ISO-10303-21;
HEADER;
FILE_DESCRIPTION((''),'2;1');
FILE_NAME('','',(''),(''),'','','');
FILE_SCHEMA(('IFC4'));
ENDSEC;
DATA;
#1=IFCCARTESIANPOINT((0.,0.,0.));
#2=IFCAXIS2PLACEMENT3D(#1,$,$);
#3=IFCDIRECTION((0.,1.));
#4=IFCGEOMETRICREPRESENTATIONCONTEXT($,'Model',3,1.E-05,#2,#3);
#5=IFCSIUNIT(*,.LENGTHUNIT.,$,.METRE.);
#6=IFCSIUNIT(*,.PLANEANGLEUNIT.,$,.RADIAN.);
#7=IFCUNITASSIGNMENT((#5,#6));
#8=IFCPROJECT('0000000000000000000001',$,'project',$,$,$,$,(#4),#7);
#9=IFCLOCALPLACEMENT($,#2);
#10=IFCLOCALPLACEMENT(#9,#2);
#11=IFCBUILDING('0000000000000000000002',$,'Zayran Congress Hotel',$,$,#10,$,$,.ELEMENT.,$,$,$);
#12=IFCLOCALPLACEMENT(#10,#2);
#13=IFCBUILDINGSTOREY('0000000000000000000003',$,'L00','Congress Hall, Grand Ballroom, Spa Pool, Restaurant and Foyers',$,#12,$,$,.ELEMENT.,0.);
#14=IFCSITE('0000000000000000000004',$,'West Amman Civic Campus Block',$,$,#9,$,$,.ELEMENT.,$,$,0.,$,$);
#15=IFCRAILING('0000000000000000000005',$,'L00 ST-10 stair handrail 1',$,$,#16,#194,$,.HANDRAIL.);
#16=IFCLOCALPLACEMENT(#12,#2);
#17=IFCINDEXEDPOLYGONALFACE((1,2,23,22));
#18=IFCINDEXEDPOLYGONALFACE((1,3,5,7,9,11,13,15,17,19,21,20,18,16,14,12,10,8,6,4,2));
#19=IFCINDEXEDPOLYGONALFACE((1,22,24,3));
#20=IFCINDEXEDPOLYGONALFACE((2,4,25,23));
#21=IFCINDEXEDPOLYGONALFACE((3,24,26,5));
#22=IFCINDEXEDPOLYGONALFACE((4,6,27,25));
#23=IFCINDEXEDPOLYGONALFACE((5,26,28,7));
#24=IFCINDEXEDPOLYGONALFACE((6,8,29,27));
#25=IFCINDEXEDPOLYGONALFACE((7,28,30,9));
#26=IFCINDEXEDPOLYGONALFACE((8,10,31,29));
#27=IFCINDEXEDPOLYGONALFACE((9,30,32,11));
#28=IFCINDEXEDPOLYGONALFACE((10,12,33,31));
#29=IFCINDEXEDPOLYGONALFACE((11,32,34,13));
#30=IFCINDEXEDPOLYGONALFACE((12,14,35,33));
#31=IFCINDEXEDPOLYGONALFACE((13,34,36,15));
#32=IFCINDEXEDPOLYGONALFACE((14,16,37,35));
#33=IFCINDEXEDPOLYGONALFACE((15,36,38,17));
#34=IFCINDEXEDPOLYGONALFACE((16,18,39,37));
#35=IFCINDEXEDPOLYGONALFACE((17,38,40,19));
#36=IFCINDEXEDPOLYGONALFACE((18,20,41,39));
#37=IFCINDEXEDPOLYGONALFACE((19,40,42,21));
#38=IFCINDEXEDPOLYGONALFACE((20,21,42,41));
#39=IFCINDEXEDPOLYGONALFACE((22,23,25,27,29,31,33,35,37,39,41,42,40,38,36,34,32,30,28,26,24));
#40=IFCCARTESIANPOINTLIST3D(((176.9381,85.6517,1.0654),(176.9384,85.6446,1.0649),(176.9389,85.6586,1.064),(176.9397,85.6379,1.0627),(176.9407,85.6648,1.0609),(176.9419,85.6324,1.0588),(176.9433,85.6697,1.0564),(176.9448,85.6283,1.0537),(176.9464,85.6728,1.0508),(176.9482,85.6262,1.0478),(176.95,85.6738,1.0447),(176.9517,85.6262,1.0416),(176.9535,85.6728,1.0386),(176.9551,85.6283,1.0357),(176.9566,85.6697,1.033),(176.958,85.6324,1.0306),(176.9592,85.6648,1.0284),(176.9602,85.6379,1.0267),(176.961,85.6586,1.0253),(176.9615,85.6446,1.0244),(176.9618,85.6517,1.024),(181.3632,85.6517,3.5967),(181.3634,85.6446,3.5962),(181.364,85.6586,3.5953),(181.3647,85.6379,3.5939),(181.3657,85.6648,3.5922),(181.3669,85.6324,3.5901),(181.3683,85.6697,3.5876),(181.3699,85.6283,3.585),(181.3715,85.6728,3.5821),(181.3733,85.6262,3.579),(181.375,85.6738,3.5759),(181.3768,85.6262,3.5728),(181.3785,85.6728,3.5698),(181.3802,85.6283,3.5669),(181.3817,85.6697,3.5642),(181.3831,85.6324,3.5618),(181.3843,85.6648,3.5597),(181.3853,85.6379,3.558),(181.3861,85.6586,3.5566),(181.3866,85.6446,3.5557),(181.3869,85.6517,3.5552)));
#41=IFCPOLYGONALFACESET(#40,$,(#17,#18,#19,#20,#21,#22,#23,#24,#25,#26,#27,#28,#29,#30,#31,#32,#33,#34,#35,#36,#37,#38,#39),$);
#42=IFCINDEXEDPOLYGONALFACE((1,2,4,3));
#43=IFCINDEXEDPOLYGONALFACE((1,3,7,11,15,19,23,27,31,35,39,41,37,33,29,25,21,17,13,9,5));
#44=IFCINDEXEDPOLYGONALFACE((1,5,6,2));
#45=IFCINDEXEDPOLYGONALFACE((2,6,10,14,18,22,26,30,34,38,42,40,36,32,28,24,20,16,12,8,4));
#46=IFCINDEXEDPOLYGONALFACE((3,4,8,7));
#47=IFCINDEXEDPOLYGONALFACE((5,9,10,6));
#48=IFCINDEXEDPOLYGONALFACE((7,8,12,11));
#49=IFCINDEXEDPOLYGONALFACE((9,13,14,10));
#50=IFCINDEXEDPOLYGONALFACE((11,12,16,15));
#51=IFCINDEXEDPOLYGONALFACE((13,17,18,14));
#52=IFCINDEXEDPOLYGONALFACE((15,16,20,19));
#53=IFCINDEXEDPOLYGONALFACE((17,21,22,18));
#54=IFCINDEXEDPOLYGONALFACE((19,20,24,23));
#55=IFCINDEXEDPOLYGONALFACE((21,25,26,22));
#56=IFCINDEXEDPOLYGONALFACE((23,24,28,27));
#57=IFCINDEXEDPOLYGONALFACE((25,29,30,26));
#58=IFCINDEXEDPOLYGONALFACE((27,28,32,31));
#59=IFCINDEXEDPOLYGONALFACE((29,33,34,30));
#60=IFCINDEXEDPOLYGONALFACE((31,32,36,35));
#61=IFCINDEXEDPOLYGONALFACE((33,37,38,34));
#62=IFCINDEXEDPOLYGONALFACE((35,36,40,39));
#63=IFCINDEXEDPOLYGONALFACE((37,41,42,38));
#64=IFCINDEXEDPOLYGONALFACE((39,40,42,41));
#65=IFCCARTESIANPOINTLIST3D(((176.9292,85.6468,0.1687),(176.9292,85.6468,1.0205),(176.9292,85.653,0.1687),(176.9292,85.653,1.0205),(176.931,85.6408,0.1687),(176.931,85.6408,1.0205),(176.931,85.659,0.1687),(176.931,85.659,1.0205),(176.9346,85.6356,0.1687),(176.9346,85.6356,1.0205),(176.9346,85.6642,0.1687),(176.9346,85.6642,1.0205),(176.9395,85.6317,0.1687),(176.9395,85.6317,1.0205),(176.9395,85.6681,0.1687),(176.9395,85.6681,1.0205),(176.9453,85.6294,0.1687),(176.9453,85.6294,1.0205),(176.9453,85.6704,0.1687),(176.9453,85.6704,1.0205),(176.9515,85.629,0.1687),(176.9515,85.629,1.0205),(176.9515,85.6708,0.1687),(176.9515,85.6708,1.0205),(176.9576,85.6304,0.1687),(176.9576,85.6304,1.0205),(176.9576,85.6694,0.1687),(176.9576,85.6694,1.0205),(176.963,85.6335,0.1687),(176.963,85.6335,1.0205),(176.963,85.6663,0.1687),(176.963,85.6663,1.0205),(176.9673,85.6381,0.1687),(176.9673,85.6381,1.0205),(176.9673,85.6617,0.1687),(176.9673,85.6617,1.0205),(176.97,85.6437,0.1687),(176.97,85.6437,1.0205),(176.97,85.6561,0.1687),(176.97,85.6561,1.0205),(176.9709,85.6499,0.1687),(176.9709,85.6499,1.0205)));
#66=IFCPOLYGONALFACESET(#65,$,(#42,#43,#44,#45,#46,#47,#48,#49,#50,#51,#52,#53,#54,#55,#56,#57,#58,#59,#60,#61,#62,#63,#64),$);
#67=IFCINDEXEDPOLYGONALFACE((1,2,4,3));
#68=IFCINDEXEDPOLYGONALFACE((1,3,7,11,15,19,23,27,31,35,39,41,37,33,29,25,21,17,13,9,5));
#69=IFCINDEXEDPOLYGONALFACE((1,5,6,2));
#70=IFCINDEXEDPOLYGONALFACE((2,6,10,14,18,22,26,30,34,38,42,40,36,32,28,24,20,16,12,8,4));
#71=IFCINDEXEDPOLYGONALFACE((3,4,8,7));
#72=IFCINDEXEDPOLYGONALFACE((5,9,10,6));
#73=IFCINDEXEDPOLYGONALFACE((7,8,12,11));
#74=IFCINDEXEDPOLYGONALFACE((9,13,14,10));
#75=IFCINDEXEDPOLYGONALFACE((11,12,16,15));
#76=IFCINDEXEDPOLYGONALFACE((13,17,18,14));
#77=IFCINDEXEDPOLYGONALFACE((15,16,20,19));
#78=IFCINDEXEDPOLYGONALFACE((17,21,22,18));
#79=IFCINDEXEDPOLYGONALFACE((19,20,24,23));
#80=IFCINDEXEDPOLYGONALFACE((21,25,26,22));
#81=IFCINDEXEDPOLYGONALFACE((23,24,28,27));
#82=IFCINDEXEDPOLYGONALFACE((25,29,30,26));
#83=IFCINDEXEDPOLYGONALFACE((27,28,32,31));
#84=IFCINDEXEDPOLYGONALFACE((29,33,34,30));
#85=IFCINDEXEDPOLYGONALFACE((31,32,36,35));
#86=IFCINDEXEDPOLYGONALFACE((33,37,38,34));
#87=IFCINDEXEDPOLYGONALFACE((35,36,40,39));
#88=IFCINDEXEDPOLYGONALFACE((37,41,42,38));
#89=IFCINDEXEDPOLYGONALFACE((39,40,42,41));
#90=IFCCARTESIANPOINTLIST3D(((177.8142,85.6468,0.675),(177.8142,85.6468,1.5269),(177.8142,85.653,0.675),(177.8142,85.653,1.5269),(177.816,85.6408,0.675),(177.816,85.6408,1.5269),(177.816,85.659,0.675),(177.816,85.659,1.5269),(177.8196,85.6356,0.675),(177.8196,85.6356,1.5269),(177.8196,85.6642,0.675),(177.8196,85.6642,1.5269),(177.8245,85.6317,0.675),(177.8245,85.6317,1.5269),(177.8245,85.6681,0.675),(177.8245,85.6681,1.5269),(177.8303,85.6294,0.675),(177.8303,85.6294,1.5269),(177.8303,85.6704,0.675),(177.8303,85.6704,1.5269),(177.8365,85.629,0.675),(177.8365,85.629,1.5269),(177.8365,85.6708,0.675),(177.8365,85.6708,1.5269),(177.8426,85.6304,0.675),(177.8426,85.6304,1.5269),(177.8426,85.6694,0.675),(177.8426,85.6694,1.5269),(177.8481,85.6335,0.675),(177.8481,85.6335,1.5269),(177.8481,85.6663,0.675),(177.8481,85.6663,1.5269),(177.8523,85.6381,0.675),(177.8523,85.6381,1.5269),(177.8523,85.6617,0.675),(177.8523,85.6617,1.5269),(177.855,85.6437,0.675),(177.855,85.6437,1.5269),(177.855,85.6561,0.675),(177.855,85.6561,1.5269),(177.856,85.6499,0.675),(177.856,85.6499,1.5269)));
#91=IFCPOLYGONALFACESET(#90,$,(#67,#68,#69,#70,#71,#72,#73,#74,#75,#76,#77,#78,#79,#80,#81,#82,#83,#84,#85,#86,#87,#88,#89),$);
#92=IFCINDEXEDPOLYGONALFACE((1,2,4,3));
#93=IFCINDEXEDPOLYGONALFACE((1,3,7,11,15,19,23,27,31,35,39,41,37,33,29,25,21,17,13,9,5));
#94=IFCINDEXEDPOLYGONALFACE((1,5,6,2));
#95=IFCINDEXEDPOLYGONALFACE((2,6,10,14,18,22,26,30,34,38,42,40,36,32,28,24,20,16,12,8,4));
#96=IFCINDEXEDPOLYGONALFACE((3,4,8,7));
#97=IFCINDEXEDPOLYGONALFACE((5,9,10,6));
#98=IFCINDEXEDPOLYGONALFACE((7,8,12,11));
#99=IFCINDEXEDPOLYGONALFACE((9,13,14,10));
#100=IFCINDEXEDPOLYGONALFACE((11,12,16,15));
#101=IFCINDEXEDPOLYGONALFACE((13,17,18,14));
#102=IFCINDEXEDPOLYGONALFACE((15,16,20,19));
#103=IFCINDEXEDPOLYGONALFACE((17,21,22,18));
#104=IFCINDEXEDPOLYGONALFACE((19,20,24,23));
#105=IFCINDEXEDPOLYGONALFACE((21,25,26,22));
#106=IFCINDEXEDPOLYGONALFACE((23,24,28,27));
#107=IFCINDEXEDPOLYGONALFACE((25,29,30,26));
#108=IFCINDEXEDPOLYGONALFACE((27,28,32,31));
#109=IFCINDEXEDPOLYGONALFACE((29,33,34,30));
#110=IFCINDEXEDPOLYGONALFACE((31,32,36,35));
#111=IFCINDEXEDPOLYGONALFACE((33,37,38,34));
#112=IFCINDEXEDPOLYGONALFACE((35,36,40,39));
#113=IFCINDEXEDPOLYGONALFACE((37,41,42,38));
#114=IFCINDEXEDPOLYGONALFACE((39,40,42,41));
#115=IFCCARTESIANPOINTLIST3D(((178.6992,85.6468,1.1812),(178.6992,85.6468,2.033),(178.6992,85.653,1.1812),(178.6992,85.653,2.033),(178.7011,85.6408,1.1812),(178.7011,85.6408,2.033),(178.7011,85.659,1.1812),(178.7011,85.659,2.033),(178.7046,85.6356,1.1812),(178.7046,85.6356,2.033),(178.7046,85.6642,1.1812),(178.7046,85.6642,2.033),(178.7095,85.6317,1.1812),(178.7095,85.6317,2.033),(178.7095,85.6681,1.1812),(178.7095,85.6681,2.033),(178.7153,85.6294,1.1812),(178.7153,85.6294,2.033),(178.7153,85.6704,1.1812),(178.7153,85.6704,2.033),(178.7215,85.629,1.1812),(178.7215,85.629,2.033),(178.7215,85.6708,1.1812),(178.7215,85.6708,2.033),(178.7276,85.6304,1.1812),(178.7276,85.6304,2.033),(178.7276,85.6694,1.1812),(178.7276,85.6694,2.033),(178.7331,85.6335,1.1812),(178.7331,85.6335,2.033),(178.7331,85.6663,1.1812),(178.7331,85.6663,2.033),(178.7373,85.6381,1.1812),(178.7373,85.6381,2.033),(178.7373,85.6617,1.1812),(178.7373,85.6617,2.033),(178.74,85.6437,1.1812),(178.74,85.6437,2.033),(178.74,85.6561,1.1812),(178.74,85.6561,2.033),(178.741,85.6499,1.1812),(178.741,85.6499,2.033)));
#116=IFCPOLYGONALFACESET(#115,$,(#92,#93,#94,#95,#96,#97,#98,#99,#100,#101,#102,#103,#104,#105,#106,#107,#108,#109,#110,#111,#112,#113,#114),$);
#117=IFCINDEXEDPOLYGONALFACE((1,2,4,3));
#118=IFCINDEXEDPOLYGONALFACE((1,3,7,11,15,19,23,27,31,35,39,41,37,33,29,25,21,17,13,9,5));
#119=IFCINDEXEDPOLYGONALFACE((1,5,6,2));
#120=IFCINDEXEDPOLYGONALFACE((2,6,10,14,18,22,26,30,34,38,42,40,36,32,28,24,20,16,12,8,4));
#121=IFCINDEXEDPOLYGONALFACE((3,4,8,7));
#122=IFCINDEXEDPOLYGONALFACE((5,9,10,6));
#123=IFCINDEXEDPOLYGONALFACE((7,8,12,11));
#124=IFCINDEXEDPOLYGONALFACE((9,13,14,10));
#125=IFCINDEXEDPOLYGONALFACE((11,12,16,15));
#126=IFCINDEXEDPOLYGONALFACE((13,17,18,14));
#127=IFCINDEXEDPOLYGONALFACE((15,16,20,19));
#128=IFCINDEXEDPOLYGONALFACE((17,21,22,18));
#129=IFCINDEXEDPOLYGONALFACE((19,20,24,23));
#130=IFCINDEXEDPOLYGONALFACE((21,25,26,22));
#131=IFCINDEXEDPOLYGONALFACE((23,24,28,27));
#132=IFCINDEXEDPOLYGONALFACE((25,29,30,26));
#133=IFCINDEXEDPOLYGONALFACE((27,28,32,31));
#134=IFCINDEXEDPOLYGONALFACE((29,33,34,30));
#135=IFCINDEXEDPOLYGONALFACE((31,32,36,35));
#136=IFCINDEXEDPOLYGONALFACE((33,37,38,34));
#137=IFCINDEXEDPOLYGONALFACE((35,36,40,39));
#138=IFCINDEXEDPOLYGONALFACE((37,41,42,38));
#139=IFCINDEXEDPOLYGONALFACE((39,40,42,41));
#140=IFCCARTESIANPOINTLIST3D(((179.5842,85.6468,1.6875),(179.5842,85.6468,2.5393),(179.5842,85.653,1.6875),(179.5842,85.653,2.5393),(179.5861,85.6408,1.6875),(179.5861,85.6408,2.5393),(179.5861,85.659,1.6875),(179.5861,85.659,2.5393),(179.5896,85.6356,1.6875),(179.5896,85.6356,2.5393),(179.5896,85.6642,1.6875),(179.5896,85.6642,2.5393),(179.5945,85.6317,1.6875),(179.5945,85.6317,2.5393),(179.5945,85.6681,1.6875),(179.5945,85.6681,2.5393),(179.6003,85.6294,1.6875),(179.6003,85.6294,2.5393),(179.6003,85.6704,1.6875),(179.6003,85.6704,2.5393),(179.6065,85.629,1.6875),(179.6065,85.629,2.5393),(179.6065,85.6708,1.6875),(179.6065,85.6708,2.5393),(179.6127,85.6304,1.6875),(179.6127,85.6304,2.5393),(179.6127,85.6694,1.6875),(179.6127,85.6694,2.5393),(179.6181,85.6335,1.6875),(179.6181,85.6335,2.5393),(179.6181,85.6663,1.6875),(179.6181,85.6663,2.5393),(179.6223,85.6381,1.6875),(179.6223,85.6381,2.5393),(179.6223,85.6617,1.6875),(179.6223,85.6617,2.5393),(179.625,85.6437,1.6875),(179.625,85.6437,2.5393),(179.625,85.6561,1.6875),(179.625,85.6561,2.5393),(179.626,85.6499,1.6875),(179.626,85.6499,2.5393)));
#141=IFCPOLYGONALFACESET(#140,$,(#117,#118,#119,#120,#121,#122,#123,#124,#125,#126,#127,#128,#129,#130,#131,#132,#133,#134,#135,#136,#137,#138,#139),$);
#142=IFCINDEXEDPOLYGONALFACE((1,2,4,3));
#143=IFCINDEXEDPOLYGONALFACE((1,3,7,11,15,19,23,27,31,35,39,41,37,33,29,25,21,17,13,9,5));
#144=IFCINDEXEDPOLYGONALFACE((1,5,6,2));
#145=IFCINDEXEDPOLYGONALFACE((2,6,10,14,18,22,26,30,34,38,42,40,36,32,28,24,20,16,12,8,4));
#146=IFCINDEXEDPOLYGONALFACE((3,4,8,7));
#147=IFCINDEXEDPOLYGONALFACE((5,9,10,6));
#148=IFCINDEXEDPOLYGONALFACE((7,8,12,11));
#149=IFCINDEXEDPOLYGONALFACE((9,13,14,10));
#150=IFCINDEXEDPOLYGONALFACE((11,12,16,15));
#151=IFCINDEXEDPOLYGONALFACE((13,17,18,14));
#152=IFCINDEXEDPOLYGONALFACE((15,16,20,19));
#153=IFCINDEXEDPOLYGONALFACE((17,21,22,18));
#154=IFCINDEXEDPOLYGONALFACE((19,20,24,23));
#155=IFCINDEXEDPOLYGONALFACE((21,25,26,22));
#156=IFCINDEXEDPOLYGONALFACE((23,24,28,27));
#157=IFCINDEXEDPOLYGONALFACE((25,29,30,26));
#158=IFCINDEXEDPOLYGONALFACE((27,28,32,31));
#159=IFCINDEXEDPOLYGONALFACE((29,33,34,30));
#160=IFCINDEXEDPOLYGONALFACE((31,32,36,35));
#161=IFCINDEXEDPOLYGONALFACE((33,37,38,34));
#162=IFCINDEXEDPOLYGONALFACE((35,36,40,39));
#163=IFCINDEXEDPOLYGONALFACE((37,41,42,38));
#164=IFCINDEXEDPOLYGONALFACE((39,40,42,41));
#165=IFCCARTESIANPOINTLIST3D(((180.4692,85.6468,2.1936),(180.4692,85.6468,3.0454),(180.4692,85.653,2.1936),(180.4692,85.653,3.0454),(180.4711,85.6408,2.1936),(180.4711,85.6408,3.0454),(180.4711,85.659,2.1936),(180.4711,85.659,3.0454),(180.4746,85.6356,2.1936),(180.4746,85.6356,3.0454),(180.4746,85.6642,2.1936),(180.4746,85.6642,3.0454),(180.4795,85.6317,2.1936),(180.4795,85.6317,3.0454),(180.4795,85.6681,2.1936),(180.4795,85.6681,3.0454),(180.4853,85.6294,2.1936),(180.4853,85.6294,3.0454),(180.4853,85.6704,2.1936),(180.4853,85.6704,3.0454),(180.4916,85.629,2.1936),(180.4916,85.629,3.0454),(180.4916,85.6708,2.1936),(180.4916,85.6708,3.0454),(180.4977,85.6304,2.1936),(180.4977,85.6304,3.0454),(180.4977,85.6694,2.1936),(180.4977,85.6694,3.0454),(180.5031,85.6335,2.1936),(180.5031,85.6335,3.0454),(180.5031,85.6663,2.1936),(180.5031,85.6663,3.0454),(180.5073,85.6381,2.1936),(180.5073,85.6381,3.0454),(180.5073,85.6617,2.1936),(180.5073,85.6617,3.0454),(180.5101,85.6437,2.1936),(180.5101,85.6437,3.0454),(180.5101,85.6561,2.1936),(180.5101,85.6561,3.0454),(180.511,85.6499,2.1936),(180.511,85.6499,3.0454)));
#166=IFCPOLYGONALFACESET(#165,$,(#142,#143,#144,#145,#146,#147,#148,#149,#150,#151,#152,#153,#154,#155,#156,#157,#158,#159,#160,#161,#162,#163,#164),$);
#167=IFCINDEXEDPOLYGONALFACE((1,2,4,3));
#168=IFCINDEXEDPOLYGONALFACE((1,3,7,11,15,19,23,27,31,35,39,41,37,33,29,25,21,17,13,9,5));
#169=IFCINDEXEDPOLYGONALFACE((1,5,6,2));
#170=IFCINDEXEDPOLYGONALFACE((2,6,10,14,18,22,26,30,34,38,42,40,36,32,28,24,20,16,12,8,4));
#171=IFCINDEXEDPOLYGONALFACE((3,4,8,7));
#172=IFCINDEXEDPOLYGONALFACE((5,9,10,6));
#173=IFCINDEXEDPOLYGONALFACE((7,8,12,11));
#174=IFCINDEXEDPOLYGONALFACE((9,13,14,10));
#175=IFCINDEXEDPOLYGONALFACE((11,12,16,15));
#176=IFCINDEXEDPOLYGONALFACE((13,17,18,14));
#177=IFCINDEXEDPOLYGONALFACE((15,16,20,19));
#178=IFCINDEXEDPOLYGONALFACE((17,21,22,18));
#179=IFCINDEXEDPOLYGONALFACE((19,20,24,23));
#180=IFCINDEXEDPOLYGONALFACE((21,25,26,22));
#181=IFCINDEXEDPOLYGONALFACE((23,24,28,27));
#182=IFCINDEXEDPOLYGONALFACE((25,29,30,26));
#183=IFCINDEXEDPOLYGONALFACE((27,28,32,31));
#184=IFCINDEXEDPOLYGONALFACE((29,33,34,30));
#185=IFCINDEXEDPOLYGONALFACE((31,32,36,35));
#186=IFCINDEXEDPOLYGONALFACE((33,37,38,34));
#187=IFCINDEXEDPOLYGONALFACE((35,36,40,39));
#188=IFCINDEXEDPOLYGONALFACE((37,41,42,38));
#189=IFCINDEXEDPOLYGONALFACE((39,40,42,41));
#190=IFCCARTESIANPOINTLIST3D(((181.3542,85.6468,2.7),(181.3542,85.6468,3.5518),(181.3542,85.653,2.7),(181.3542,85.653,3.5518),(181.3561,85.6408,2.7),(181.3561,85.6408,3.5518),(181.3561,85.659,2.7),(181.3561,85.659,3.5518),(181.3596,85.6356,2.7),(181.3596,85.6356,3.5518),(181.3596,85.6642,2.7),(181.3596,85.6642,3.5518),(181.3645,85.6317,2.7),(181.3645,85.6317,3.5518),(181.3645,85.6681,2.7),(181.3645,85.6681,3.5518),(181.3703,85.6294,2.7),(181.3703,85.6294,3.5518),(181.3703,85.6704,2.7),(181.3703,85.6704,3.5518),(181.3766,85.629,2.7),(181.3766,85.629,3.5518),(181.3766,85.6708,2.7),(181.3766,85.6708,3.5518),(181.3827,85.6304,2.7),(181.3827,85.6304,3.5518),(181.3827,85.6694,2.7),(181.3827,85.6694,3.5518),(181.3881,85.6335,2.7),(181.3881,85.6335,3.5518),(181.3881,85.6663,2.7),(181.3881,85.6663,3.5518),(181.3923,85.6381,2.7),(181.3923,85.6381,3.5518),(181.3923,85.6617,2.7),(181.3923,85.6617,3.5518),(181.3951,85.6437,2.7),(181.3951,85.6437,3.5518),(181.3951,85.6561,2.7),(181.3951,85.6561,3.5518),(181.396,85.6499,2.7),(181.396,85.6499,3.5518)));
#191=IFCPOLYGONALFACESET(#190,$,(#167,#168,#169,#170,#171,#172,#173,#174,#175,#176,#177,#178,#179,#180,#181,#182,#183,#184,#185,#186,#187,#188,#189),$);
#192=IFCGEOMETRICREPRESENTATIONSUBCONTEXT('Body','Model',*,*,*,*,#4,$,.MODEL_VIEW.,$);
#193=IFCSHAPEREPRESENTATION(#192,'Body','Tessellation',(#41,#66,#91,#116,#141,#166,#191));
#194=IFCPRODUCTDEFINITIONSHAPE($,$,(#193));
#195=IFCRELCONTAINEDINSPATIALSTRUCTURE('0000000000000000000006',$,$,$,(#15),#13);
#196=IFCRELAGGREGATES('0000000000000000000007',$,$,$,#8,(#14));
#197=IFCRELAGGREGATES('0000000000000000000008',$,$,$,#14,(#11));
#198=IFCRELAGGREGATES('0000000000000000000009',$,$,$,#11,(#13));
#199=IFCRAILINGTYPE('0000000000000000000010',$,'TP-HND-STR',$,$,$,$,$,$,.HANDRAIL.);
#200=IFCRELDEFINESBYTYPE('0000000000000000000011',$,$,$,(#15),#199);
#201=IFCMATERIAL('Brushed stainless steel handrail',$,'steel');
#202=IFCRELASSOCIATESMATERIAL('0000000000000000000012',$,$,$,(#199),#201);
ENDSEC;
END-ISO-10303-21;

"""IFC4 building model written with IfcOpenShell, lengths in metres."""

from ifc_helpers import new_model, si_unit, direction, frame, origin, origin_2d, place, context, subcontext, project, spatial, circle, extrude, material, type_object, element, save


model = new_model("IFC4")

# Units and contexts
model_context = context("Model", 3, precision=1e-05, world=origin(), true_north=direction((0.0, 1.0)))
body_context = subcontext(model_context, "Body", "Model", "MODEL_VIEW")
ifc_project = project(units=[si_unit("LENGTHUNIT", "METRE"), si_unit("PLANEANGLEUNIT", "RADIAN")], contexts=[model_context])

# Site, building, storey
site_placement = place(None, origin())
site = spatial("IfcSite", under=ifc_project, at=site_placement, Name="West Amman Civic Campus Block", CompositionType="ELEMENT", RefElevation=0.0)
building_placement = place(site_placement, origin())
building = spatial("IfcBuilding", under=site, at=building_placement, Name="Zayran Congress Hotel", CompositionType="ELEMENT")
storey_placement = place(building_placement, origin())
storey = spatial("IfcBuildingStorey", under=building, at=storey_placement, Name="L00", Description="Congress Hall, Grand Ballroom, Spa Pool, Restaurant and Foyers", CompositionType="ELEMENT", Elevation=0.0)

# Railing
ifc_material_1 = material(Name="Brushed stainless steel handrail", Category="steel")
railing_type_1 = type_object("IfcRailingType", Name="TP-HND-STR", PredefinedType="HANDRAIL", material=ifc_material_1)
railing_1_placement = place(storey_placement, frame((176.95, 85.6499, 0.1687)))
element("IfcRailing", 1, at=railing_1_placement, inside=storey, type_object=railing_type_1, Name="L00 ST-10 stair handrail 1", PredefinedType="HANDRAIL", context=body_context, shape_type="SweptSolid", body=[
    extrude(circle(Radius=0.0239, at=origin_2d()), frame((0.0, 0.0, 0.876), z_axis=(0.868019, 0.0, 0.496531), x_axis=(0.0, 1.0, 0.0)), (0.0, 0.0, 1.0), 5.0979),
    extrude(circle(Radius=0.021, at=origin_2d()), origin(), (0.0, 0.0, 1.0), 0.8518),
    extrude(circle(Radius=0.021, at=origin_2d()), frame((0.885, 0.0, 0.5063)), (0.0, 0.0, 1.0), 0.8518),
    extrude(circle(Radius=0.021, at=origin_2d()), frame((1.77, 0.0, 1.0125)), (0.0, 0.0, 1.0), 0.8518),
    extrude(circle(Radius=0.021, at=origin_2d()), frame((2.655, 0.0, 1.5188)), (0.0, 0.0, 1.0), 0.8518),
    extrude(circle(Radius=0.021, at=origin_2d()), frame((3.54, 0.0, 2.0249)), (0.0, 0.0, 1.0), 0.8518),
    extrude(circle(Radius=0.021, at=origin_2d()), frame((4.425, 0.0, 2.5312)), (0.0, 0.0, 1.0), 0.8518),
])

save(model, "model.ifc")
